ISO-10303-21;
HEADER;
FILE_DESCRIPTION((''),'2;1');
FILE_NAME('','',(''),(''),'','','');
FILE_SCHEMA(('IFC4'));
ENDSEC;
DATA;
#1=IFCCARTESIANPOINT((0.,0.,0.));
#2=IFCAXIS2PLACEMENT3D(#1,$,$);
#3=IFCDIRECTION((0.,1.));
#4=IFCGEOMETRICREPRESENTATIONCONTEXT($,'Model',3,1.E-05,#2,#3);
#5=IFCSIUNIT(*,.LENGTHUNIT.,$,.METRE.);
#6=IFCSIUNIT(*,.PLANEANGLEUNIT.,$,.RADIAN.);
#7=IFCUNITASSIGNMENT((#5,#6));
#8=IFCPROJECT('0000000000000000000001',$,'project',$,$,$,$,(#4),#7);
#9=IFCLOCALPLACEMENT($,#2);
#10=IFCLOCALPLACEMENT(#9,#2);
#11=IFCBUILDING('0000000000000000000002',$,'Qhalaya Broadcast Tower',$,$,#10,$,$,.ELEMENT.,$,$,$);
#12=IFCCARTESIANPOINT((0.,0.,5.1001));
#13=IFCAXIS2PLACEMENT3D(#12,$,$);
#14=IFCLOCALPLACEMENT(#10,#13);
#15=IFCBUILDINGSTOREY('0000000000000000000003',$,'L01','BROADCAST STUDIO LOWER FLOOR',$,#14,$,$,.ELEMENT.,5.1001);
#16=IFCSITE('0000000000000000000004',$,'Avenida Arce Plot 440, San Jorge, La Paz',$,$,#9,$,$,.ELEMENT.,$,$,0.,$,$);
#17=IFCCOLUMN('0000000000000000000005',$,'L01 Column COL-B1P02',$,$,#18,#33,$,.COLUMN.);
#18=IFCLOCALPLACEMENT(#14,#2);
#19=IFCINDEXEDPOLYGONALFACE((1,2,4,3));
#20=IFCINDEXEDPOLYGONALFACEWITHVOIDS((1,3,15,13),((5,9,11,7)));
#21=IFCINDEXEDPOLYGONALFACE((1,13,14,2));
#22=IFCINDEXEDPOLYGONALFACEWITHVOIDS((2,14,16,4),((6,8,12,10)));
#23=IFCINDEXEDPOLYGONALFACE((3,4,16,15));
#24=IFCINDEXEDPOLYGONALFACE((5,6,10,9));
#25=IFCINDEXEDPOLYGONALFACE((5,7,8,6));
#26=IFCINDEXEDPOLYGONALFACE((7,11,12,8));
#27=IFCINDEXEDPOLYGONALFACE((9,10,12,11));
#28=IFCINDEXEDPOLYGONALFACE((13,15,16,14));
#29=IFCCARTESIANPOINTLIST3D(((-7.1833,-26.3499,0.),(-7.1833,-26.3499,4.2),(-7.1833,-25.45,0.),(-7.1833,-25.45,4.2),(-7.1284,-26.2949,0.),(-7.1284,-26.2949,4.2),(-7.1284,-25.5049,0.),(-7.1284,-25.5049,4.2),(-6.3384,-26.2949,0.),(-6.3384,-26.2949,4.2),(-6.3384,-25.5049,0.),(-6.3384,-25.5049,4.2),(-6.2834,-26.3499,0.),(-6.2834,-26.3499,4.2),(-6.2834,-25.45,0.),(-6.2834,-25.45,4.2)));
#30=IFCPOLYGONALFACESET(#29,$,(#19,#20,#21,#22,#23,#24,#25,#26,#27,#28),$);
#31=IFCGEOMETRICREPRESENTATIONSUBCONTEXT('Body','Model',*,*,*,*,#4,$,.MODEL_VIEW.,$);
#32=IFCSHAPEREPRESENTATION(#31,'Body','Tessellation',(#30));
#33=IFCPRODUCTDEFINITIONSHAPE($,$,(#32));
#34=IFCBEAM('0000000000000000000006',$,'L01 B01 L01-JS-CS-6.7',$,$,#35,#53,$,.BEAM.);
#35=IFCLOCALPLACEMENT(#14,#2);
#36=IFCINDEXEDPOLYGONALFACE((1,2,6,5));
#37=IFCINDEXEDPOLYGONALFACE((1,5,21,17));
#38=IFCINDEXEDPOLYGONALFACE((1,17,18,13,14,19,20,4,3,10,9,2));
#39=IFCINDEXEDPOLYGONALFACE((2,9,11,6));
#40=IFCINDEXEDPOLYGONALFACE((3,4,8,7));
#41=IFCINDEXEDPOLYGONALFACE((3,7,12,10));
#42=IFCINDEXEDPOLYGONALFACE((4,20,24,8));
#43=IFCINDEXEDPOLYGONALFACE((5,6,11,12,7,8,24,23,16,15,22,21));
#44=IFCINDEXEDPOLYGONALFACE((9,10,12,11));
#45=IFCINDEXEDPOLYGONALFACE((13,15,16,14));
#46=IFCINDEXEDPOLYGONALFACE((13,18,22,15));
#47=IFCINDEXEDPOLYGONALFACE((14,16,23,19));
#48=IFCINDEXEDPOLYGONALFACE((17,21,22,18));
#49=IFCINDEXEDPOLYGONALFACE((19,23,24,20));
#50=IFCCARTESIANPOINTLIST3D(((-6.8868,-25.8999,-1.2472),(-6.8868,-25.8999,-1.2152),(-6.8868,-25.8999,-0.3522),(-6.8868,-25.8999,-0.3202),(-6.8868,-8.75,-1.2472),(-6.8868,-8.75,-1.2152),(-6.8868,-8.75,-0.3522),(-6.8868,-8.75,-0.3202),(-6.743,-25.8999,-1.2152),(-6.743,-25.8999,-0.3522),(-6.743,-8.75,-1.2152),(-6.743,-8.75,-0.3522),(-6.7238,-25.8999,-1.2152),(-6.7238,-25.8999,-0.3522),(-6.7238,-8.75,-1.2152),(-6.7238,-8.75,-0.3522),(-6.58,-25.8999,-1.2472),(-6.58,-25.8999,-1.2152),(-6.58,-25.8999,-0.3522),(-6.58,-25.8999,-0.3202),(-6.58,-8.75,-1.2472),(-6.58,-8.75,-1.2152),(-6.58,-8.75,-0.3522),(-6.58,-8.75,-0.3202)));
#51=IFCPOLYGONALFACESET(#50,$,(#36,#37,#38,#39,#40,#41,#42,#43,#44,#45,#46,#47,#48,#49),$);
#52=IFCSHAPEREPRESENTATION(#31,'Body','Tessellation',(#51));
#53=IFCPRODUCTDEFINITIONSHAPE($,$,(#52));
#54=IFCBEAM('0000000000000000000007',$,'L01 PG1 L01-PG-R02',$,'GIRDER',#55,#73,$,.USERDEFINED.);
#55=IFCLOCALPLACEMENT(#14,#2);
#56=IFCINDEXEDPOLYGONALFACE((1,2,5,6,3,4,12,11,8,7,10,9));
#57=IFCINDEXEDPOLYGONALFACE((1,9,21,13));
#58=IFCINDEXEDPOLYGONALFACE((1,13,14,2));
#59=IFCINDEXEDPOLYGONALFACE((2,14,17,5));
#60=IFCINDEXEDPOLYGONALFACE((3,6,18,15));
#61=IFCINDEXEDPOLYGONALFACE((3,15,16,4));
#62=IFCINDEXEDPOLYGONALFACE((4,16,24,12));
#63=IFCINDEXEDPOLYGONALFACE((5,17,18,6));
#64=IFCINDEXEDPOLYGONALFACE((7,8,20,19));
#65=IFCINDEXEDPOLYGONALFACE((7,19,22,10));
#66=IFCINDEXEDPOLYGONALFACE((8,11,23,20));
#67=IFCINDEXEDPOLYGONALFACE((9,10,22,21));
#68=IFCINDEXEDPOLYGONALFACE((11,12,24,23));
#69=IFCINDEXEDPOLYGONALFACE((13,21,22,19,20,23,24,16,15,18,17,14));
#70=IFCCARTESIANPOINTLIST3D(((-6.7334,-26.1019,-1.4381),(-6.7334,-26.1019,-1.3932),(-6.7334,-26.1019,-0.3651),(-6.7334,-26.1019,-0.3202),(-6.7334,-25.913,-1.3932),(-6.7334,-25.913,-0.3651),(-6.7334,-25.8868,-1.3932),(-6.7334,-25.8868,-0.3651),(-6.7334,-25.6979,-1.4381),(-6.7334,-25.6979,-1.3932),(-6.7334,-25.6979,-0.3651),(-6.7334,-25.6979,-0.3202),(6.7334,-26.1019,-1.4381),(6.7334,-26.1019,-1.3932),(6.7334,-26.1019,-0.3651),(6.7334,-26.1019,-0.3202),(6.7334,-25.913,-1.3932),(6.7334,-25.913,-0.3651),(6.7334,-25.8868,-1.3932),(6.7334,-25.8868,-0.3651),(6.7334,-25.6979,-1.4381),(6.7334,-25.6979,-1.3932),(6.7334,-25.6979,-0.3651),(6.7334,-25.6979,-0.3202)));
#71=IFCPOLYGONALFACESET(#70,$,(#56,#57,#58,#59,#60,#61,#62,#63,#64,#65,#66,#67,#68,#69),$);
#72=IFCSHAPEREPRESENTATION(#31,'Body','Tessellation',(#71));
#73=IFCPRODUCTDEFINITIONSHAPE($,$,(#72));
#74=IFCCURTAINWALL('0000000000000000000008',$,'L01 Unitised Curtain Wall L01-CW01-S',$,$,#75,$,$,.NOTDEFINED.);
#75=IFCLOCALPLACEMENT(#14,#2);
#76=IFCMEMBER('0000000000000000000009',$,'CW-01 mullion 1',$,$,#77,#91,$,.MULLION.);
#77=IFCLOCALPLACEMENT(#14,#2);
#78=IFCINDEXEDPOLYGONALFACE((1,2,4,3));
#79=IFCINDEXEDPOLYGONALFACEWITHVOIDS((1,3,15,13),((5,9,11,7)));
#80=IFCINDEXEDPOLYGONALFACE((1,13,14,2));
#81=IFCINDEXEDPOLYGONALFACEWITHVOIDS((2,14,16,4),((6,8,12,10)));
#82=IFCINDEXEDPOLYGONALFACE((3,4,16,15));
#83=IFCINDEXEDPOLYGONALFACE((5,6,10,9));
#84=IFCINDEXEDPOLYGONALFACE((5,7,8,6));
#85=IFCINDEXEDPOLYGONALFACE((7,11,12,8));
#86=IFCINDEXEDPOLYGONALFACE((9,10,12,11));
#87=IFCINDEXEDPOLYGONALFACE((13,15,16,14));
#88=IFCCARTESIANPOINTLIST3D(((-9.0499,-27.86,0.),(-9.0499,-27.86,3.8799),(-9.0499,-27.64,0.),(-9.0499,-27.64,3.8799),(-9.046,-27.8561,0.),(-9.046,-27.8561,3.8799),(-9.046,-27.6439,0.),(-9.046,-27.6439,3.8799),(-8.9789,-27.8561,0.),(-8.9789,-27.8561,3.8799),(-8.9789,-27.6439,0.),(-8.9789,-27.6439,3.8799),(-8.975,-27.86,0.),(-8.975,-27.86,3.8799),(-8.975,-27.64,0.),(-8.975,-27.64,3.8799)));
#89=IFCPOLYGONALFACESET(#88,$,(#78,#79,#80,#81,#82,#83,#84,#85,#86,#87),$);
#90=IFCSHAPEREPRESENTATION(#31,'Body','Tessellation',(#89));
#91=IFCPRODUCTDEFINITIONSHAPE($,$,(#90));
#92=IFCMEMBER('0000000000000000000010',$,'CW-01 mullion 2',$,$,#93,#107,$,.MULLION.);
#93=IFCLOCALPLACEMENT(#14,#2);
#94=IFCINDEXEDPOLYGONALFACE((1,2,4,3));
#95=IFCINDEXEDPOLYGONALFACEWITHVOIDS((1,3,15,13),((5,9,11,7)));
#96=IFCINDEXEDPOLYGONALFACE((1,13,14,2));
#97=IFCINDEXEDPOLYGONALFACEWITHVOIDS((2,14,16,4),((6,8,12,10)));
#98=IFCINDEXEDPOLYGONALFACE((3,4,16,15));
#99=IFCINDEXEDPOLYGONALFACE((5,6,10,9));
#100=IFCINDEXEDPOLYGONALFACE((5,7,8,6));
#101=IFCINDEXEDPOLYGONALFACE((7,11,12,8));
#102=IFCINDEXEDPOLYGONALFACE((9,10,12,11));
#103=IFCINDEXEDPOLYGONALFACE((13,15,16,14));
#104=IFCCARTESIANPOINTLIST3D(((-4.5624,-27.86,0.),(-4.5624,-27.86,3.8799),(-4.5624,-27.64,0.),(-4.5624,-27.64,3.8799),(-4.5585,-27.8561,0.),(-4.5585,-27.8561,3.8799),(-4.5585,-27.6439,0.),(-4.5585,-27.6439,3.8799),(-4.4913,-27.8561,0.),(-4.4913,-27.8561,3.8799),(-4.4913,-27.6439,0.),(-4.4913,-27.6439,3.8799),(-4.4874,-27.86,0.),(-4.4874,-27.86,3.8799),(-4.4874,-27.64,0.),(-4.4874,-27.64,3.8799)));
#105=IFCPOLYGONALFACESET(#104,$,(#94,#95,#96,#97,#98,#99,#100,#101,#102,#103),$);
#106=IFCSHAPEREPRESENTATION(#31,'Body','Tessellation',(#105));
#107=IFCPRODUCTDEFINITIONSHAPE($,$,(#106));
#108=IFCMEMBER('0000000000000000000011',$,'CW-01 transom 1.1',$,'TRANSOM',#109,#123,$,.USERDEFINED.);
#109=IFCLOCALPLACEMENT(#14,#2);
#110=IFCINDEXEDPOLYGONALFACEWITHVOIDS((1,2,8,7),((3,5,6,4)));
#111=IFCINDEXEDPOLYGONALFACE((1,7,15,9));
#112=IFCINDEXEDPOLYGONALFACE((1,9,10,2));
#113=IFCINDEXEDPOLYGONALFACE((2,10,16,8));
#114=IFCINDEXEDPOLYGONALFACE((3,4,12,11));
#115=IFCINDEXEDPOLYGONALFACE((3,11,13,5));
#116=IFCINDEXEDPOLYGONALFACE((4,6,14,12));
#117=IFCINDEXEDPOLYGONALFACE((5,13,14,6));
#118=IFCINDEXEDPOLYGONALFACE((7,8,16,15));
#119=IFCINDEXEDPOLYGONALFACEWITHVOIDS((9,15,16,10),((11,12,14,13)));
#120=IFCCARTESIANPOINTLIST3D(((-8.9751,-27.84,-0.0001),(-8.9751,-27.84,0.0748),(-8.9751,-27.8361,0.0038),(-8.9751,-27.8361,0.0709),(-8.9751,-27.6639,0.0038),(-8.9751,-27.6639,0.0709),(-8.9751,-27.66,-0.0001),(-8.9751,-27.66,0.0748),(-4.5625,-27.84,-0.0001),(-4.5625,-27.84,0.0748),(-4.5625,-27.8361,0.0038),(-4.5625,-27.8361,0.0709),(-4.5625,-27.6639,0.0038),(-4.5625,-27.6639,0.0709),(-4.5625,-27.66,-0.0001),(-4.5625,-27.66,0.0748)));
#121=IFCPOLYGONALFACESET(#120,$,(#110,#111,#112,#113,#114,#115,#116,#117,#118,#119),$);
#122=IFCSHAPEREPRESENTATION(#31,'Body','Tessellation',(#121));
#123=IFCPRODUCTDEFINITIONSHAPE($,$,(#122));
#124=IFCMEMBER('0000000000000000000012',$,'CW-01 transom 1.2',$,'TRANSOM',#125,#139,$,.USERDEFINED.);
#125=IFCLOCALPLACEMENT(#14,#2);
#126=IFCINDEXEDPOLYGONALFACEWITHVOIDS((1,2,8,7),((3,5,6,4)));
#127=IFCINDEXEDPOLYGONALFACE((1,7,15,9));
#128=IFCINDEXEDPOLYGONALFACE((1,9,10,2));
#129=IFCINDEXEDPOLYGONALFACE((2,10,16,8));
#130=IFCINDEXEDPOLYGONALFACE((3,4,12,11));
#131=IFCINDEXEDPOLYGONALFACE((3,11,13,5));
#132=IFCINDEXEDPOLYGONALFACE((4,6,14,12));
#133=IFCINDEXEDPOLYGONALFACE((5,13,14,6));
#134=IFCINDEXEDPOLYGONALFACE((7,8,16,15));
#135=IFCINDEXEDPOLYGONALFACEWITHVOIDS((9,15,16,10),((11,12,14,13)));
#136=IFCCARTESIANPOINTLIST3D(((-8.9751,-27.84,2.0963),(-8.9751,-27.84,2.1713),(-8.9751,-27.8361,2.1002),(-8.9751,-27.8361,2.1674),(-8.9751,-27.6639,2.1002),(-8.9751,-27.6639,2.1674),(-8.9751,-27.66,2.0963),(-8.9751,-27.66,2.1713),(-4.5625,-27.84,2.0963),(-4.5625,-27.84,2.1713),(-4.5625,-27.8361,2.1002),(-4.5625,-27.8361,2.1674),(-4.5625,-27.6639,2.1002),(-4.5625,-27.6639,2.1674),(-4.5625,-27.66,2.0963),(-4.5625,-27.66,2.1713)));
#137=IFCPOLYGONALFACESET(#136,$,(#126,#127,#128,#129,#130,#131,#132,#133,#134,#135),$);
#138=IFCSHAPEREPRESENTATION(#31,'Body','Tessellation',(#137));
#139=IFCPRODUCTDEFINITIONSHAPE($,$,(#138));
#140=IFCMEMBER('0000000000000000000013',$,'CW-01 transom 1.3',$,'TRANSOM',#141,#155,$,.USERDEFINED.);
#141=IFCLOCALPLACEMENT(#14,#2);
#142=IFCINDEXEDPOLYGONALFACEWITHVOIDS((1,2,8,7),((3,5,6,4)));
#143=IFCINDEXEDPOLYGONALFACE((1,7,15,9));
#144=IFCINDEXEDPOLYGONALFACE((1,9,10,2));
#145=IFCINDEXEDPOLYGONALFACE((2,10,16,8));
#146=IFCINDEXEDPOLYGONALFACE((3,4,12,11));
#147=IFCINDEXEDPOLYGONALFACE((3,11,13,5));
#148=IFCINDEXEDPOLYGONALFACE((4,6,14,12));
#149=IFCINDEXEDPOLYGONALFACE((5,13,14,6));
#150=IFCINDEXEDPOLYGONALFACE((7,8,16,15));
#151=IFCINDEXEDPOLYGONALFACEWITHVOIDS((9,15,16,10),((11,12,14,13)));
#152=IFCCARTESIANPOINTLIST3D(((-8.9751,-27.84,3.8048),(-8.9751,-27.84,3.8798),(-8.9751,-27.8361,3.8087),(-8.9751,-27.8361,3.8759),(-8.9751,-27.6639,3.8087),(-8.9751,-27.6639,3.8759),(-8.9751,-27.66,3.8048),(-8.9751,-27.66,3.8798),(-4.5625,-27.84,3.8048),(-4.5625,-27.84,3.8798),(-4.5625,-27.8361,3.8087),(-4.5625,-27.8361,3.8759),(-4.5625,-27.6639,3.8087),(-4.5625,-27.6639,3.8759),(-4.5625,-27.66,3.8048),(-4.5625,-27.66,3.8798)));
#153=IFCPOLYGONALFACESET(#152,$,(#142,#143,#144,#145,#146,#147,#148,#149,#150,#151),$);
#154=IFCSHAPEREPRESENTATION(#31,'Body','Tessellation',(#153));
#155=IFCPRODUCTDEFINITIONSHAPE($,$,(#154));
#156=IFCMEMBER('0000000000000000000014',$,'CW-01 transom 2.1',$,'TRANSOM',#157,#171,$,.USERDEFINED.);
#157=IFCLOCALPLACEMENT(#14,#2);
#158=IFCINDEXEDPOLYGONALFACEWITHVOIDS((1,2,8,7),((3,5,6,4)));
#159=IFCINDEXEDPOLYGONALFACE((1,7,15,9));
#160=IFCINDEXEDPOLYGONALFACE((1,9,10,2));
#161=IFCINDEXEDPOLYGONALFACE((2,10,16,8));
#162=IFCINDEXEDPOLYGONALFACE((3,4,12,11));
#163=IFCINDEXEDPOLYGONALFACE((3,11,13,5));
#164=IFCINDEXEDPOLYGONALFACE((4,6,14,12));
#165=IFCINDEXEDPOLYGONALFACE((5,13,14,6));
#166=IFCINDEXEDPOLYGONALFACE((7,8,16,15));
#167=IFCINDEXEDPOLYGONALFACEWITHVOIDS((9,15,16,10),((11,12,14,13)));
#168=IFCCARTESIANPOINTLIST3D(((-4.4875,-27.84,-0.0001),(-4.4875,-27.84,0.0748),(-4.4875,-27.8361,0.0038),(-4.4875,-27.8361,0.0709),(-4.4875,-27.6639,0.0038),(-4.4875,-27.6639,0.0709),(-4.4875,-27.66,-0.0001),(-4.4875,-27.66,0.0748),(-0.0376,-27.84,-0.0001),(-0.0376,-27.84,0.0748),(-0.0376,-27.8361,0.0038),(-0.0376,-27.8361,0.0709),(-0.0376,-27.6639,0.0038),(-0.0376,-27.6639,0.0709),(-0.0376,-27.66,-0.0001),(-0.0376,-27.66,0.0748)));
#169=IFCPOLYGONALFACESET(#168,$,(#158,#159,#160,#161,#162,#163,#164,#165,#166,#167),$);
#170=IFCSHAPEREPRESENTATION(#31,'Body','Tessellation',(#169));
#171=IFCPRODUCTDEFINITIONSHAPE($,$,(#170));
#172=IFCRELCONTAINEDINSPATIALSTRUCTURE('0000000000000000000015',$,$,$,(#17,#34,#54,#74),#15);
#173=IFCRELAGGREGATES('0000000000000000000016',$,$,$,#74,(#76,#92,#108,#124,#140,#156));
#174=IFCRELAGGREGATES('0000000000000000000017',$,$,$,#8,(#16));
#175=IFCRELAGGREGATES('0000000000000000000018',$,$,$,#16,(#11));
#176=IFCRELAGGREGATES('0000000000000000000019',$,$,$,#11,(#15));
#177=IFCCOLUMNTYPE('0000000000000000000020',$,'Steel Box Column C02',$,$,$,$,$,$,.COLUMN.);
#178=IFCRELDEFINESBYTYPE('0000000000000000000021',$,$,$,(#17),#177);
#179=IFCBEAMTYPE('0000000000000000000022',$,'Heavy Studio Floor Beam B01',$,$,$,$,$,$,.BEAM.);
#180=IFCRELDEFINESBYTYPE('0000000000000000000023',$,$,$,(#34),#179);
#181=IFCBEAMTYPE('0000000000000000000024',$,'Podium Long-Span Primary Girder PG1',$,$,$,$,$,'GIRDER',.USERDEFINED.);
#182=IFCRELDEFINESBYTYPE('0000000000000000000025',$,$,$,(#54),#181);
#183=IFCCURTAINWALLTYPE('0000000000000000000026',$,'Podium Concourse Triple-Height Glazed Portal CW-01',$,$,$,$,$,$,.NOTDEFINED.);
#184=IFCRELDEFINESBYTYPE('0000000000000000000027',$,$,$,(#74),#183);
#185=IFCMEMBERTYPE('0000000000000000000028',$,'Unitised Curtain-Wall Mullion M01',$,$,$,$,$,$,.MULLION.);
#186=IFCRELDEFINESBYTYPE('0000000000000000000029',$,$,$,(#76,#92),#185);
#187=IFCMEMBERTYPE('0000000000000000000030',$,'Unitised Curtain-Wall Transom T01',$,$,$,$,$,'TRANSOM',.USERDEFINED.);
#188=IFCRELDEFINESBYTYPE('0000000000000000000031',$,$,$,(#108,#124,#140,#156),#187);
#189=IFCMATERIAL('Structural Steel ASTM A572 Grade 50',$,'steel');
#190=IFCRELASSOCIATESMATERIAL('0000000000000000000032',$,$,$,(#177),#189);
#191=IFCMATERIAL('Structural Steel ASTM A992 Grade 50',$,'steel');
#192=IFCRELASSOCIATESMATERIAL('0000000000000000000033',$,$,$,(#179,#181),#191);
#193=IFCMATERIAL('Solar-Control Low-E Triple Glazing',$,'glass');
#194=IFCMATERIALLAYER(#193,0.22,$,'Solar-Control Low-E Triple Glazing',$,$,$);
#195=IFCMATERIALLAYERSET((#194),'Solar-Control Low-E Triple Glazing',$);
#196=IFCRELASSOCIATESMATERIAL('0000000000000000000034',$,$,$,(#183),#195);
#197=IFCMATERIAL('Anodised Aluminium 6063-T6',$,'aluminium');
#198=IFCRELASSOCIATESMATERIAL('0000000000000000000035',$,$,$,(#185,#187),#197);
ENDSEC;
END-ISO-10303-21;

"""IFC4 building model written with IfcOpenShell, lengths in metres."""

from ifc_helpers import new_model, si_unit, direction, frame, origin, origin_2d, place, context, subcontext, project, spatial, hollow_rectangle, i_section, extrude, material, layer, layer_set, material_profile, profile_set, type_object, element, aggregate, save


model = new_model("IFC4")

# Units and contexts
model_context = context("Model", 3, precision=1e-05, world=origin(), true_north=direction((0.0, 1.0)))
body_context = subcontext(model_context, "Body", "Model", "MODEL_VIEW")
ifc_project = project(units=[si_unit("LENGTHUNIT", "METRE"), si_unit("PLANEANGLEUNIT", "RADIAN")], contexts=[model_context])

# Site, building, storey
site_placement = place(None, origin())
site = spatial("IfcSite", under=ifc_project, at=site_placement, Name="Avenida Arce Plot 440, San Jorge, La Paz", CompositionType="ELEMENT", RefElevation=0.0)
building_placement = place(site_placement, origin())
building = spatial("IfcBuilding", under=site, at=building_placement, Name="Qhalaya Broadcast Tower", CompositionType="ELEMENT")
storey_placement = place(building_placement, frame((0.0, 0.0, 5.1001)))
storey = spatial("IfcBuildingStorey", under=building, at=storey_placement, Name="L01", Description="BROADCAST STUDIO LOWER FLOOR", CompositionType="ELEMENT", Elevation=5.1001)

# Column
ifc_material_1 = material(Name="Structural Steel ASTM A572 Grade 50", Category="steel")
ifc_material_profile_1 = material_profile(ifc_material_1, hollow_rectangle(XDim=0.8999, YDim=0.8999, WallThickness=0.0549, at=origin_2d()), Name="BOX 900x900x55")
ifc_profile_set_1 = profile_set([ifc_material_profile_1], Name="Structural Steel ASTM A572 Grade 50")
column_type = type_object("IfcColumnType", Name="Steel Box Column C02", PredefinedType="COLUMN", material=ifc_profile_set_1)
column_placement = place(storey_placement, frame((-6.7334, -25.8999, 0.0), z_axis=(0.0, 0.0, 1.0), x_axis=(1.0, 0.0, 0.0)))
element("IfcColumn", 1, at=column_placement, inside=storey, type_object=column_type, Name="L01 Column COL-B1P02", PredefinedType="COLUMN", context=body_context, shape_type="SweptSolid", body=[
    extrude(hollow_rectangle(XDim=0.8999, YDim=0.8999, WallThickness=0.0549, at=origin_2d()), origin(), (0.0, 0.0, 1.0), 4.2),
])

# Beams
ifc_material_2 = material(Name="Structural Steel ASTM A992 Grade 50", Category="steel")
ifc_material_profile_2 = material_profile(ifc_material_2, i_section(OverallWidth=0.3069, OverallDepth=0.927, WebThickness=0.0193, FlangeThickness=0.032, at=origin_2d()), Name="W36X194")
ifc_profile_set_2 = profile_set([ifc_material_profile_2], Name="Structural Steel ASTM A992 Grade 50")
beam_type_1 = type_object("IfcBeamType", Name="Heavy Studio Floor Beam B01", PredefinedType="BEAM", material=ifc_profile_set_2)
beam_1_placement = place(storey_placement, frame((-6.7334, -25.8999, -0.7837), z_axis=(0.0, 1.0, 0.0), x_axis=(-1.0, 0.0, 0.0)))
element("IfcBeam", 2, at=beam_1_placement, inside=storey, type_object=beam_type_1, Name="L01 B01 L01-JS-CS-6.7", PredefinedType="BEAM", context=body_context, shape_type="SweptSolid", body=[
    extrude(i_section(OverallWidth=0.3069, OverallDepth=0.927, WebThickness=0.0193, FlangeThickness=0.032, at=origin_2d()), origin(), (0.0, 0.0, 1.0), 17.1499),
])
ifc_material_profile_3 = material_profile(ifc_material_2, i_section(OverallWidth=0.4041, OverallDepth=1.1179, WebThickness=0.0261, FlangeThickness=0.0449, at=origin_2d()), Name="W44X335")
ifc_profile_set_3 = profile_set([ifc_material_profile_3], Name="Structural Steel ASTM A992 Grade 50")
beam_type_2 = type_object("IfcBeamType", Name="Podium Long-Span Primary Girder PG1", ElementType="GIRDER", PredefinedType="USERDEFINED", material=ifc_profile_set_3)
beam_2_placement = place(storey_placement, frame((-6.7334, -25.8999, -0.8792), z_axis=(1.0, 0.0, 0.0), x_axis=(0.0, 1.0, 0.0)))
element("IfcBeam", 3, at=beam_2_placement, inside=storey, type_object=beam_type_2, Name="L01 PG1 L01-PG-R02", ObjectType="GIRDER", PredefinedType="USERDEFINED", context=body_context, shape_type="SweptSolid", body=[
    extrude(i_section(OverallWidth=0.4041, OverallDepth=1.1179, WebThickness=0.0261, FlangeThickness=0.0449, at=origin_2d()), origin(), (0.0, 0.0, 1.0), 13.4668),
])

# Curtain wall, members
ifc_material_3 = material(Name="Solar-Control Low-E Triple Glazing", Category="glass")
ifc_layer_1 = layer(ifc_material_3, 0.22, Name="Solar-Control Low-E Triple Glazing")
ifc_layer_set_1 = layer_set([ifc_layer_1], Name="Solar-Control Low-E Triple Glazing")
curtain_wall_type = type_object("IfcCurtainWallType", Name="Podium Concourse Triple-Height Glazed Portal CW-01", PredefinedType="NOTDEFINED", material=ifc_layer_set_1)
curtain_wall_placement = place(storey_placement, origin())
curtain_wall = element("IfcCurtainWall", 4, at=curtain_wall_placement, inside=storey, type_object=curtain_wall_type, Name="L01 Unitised Curtain Wall L01-CW01-S", PredefinedType="NOTDEFINED")
ifc_material_4 = material(Name="Anodised Aluminium 6063-T6", Category="aluminium")
ifc_material_profile_4 = material_profile(ifc_material_4, hollow_rectangle(XDim=0.075, YDim=0.22, WallThickness=0.0039, at=origin_2d()), Name="ALU-MUL 75x220x4")
ifc_profile_set_4 = profile_set([ifc_material_profile_4], Name="Anodised Aluminium 6063-T6")
member_type_1 = type_object("IfcMemberType", Name="Unitised Curtain-Wall Mullion M01", PredefinedType="MULLION", material=ifc_profile_set_4)
member_1_placement = place(storey_placement, frame((-9.0125, -27.75, 0.0), z_axis=(0.0, 0.0, 1.0), x_axis=(1.0, 0.0, 0.0)))
member_1 = element("IfcMember", 5, at=member_1_placement, type_object=member_type_1, Name="CW-01 mullion 1", PredefinedType="MULLION", context=body_context, shape_type="SweptSolid", body=[
    extrude(hollow_rectangle(XDim=0.075, YDim=0.22, WallThickness=0.0039, at=origin_2d()), origin(), (0.0, 0.0, 1.0), 3.8799),
])
member_2_placement = place(storey_placement, frame((-4.5249, -27.75, 0.0), z_axis=(0.0, 0.0, 1.0), x_axis=(1.0, 0.0, 0.0)))
member_2 = element("IfcMember", 6, at=member_2_placement, type_object=member_type_1, Name="CW-01 mullion 2", PredefinedType="MULLION", context=body_context, shape_type="SweptSolid", body=[
    extrude(hollow_rectangle(XDim=0.075, YDim=0.22, WallThickness=0.0039, at=origin_2d()), origin(), (0.0, 0.0, 1.0), 3.8799),
])
ifc_material_profile_5 = material_profile(ifc_material_4, hollow_rectangle(XDim=0.075, YDim=0.1799, WallThickness=0.0039, at=origin_2d()), Name="ALU-TRN 75x180x4")
ifc_profile_set_5 = profile_set([ifc_material_profile_5], Name="Anodised Aluminium 6063-T6")
member_type_2 = type_object("IfcMemberType", Name="Unitised Curtain-Wall Transom T01", ElementType="TRANSOM", PredefinedType="USERDEFINED", material=ifc_profile_set_5)
member_3_placement = place(storey_placement, frame((-8.9751, -27.75, 0.0374), z_axis=(1.0, 0.0, 0.0), x_axis=(0.0, 0.0, 1.0)))
member_3 = element("IfcMember", 7, at=member_3_placement, type_object=member_type_2, Name="CW-01 transom 1.1", ObjectType="TRANSOM", PredefinedType="USERDEFINED", context=body_context, shape_type="SweptSolid", body=[
    extrude(hollow_rectangle(XDim=0.075, YDim=0.1799, WallThickness=0.0039, at=origin_2d()), origin(), (0.0, 0.0, 1.0), 4.4126),
])
member_4_placement = place(storey_placement, frame((-8.9751, -27.75, 2.1338), z_axis=(1.0, 0.0, 0.0), x_axis=(0.0, 0.0, 1.0)))
member_4 = element("IfcMember", 8, at=member_4_placement, type_object=member_type_2, Name="CW-01 transom 1.2", ObjectType="TRANSOM", PredefinedType="USERDEFINED", context=body_context, shape_type="SweptSolid", body=[
    extrude(hollow_rectangle(XDim=0.075, YDim=0.1799, WallThickness=0.0039, at=origin_2d()), origin(), (0.0, 0.0, 1.0), 4.4126),
])
member_5_placement = place(storey_placement, frame((-8.9751, -27.75, 3.8423), z_axis=(1.0, 0.0, 0.0), x_axis=(0.0, 0.0, 1.0)))
member_5 = element("IfcMember", 9, at=member_5_placement, type_object=member_type_2, Name="CW-01 transom 1.3", ObjectType="TRANSOM", PredefinedType="USERDEFINED", context=body_context, shape_type="SweptSolid", body=[
    extrude(hollow_rectangle(XDim=0.075, YDim=0.1799, WallThickness=0.0039, at=origin_2d()), origin(), (0.0, 0.0, 1.0), 4.4126),
])
member_6_placement = place(storey_placement, frame((-4.4875, -27.75, 0.0374), z_axis=(1.0, 0.0, 0.0), x_axis=(0.0, 0.0, 1.0)))
member_6 = element("IfcMember", 10, at=member_6_placement, type_object=member_type_2, Name="CW-01 transom 2.1", ObjectType="TRANSOM", PredefinedType="USERDEFINED", context=body_context, shape_type="SweptSolid", body=[
    extrude(hollow_rectangle(XDim=0.075, YDim=0.1799, WallThickness=0.0039, at=origin_2d()), origin(), (0.0, 0.0, 1.0), 4.45),
])
aggregate(curtain_wall, [member_1, member_2, member_3, member_4, member_5, member_6])

save(model, "model.ifc")
